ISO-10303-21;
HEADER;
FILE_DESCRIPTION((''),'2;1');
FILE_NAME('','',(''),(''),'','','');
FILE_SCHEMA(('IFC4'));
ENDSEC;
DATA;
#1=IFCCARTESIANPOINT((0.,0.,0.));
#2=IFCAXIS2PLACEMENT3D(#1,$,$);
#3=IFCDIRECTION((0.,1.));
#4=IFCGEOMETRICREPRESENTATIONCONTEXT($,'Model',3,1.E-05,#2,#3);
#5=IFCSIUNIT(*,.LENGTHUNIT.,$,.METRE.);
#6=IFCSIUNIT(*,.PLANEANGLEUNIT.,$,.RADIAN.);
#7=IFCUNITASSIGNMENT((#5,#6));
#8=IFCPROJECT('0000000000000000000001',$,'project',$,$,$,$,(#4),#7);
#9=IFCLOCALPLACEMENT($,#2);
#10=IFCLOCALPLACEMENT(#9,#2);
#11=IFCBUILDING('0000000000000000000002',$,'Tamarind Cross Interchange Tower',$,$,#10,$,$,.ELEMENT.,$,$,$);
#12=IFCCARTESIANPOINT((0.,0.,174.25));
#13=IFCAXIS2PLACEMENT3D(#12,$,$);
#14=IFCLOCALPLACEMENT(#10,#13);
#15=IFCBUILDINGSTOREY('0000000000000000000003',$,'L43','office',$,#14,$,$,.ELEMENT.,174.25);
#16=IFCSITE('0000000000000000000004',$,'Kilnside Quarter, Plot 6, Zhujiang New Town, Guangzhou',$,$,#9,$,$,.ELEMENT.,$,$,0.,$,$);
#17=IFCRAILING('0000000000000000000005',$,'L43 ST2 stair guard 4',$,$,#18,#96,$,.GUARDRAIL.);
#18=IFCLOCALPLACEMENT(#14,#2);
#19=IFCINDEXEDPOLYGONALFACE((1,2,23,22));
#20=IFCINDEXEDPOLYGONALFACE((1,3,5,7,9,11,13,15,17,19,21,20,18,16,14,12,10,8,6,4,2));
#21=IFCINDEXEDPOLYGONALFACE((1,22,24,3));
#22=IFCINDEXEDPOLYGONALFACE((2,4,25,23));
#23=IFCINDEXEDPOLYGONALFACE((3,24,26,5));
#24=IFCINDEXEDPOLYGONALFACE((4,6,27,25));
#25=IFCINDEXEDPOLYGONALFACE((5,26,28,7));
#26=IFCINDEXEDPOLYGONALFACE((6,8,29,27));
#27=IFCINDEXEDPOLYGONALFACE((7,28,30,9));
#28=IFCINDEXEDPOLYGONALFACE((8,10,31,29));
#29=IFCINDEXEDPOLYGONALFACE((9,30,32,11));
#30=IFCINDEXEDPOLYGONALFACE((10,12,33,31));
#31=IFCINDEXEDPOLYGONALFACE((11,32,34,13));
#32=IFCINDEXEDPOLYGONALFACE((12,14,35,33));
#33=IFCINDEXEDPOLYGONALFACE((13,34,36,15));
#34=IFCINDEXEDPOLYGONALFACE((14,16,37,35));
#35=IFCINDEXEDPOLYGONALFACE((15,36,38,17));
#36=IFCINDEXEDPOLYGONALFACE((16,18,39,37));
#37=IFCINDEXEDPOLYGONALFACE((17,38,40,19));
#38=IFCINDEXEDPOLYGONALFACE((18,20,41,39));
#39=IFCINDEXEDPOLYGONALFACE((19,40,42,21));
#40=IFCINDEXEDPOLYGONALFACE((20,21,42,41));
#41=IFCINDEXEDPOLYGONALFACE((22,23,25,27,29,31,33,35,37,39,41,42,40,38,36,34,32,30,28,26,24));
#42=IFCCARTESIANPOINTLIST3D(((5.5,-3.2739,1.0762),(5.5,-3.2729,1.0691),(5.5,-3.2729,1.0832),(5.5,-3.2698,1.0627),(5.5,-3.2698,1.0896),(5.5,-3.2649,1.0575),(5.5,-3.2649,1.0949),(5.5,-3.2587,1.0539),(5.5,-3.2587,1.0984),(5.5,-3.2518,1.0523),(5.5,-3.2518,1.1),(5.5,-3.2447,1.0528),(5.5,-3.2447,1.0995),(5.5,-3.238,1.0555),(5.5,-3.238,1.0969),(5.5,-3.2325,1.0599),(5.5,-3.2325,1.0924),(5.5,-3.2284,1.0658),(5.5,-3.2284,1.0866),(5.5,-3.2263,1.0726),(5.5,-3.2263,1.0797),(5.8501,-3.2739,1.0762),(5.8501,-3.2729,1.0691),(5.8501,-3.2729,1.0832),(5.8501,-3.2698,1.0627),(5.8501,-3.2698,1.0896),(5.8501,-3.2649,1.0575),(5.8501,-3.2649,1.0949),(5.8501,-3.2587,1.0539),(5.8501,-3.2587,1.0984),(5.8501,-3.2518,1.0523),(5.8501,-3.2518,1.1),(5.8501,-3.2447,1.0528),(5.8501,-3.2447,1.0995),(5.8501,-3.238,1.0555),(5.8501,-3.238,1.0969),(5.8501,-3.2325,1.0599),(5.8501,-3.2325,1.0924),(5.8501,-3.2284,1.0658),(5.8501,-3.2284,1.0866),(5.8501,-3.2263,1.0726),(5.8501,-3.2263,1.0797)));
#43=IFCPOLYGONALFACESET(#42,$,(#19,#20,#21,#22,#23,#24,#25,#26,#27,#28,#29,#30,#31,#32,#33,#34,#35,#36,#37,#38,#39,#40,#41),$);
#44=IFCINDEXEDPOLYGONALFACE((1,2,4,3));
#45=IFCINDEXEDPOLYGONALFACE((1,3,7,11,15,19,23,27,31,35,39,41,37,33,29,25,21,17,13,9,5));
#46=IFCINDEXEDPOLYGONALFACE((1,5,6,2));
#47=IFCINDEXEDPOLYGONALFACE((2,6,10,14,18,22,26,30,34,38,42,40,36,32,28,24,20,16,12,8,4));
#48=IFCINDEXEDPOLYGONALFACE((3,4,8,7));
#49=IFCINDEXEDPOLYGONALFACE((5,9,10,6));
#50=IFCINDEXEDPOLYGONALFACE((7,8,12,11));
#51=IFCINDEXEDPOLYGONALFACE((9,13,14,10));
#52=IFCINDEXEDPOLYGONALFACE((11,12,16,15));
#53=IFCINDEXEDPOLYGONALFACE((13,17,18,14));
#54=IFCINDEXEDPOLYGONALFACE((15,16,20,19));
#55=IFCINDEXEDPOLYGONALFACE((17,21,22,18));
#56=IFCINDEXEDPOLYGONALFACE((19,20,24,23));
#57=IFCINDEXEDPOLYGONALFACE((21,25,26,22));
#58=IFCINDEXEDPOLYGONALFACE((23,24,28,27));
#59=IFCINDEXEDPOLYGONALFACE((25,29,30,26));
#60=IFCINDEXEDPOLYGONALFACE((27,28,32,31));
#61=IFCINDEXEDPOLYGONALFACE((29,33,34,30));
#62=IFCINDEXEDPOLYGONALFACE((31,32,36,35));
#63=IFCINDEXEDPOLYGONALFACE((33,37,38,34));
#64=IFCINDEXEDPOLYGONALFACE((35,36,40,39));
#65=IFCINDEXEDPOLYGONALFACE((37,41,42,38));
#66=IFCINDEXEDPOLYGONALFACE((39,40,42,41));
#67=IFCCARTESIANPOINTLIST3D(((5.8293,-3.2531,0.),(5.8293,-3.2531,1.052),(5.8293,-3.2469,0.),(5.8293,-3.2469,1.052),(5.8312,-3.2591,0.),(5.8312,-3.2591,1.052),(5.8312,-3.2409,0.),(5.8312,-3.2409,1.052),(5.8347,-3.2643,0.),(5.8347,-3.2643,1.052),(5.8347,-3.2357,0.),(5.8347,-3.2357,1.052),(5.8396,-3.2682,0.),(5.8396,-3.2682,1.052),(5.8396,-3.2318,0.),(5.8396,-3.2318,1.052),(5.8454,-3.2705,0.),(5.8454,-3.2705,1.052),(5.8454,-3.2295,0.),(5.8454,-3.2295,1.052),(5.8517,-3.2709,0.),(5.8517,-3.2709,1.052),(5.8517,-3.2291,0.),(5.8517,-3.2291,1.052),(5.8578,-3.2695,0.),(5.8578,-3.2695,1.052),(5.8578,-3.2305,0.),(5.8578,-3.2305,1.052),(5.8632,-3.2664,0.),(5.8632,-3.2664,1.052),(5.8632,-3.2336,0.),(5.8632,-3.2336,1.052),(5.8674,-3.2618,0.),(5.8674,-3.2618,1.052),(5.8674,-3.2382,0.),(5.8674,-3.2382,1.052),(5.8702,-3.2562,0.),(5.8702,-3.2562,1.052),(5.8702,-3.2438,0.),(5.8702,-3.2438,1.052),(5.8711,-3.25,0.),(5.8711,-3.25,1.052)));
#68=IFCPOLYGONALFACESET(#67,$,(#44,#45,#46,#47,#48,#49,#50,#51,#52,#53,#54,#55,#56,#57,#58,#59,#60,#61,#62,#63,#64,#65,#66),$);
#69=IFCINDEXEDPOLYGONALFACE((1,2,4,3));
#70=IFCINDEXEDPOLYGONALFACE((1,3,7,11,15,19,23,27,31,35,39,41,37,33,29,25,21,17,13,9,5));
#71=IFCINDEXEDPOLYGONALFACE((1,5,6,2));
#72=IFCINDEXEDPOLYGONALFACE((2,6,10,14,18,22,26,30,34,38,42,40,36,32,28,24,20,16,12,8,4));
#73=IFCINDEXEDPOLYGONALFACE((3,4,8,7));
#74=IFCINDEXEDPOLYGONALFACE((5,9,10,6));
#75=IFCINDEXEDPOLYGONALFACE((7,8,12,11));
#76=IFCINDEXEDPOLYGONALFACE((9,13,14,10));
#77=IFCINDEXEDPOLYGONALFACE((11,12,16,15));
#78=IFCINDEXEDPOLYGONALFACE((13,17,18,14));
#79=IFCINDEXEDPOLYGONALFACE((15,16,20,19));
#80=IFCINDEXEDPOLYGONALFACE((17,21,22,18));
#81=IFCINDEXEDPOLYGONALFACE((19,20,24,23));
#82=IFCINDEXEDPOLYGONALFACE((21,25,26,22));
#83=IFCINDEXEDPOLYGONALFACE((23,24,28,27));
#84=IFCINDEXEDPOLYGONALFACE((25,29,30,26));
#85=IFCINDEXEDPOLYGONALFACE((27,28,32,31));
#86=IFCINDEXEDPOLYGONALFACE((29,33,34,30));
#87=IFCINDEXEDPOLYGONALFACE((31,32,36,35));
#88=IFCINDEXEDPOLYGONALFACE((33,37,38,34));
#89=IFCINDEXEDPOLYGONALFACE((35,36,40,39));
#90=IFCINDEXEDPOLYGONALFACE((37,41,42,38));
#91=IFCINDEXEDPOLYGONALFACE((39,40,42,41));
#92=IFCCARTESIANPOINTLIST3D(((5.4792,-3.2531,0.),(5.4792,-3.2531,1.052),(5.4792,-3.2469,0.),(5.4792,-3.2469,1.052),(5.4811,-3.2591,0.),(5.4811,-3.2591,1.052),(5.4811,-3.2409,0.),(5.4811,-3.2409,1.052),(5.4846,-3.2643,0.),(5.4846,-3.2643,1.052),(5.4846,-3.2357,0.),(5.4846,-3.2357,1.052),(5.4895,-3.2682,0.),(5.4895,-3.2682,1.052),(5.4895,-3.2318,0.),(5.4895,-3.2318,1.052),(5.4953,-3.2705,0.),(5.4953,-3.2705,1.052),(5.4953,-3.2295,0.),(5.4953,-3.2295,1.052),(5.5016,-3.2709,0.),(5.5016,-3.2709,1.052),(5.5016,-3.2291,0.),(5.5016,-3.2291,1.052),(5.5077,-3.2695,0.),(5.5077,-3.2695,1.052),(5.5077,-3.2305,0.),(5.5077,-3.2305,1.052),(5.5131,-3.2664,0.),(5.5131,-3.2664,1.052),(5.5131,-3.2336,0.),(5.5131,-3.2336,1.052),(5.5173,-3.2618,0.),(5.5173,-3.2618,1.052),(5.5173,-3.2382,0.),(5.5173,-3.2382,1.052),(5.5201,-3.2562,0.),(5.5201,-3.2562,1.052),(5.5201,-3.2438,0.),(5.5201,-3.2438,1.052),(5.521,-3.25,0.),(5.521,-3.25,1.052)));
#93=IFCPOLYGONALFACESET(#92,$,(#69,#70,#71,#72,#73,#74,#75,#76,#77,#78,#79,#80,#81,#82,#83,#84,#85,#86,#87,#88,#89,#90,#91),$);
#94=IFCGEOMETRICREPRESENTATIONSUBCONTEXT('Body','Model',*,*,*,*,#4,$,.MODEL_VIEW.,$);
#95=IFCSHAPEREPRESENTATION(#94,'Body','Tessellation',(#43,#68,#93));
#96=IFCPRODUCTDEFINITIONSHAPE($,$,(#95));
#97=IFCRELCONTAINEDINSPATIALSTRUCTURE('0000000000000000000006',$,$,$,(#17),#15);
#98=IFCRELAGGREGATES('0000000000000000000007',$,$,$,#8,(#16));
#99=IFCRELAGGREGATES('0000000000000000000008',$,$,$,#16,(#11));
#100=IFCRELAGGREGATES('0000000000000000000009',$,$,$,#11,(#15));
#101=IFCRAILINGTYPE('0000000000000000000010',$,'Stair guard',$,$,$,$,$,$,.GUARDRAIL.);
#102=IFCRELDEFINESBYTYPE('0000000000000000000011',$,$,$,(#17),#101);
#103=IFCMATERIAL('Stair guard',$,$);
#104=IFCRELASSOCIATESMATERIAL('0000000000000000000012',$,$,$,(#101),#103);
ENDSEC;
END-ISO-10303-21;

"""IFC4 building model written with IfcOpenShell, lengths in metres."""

from ifc_helpers import new_model, si_unit, direction, frame, origin, origin_2d, place, context, subcontext, project, spatial, circle, extrude, material, type_object, element, save


model = new_model("IFC4")

# Units and contexts
model_context = context("Model", 3, precision=1e-05, world=origin(), true_north=direction((0.0, 1.0)))
body_context = subcontext(model_context, "Body", "Model", "MODEL_VIEW")
ifc_project = project(units=[si_unit("LENGTHUNIT", "METRE"), si_unit("PLANEANGLEUNIT", "RADIAN")], contexts=[model_context])

# Site, building, storey
site_placement = place(None, origin())
site = spatial("IfcSite", under=ifc_project, at=site_placement, Name="Kilnside Quarter, Plot 6, Zhujiang New Town, Guangzhou", CompositionType="ELEMENT", RefElevation=0.0)
building_placement = place(site_placement, origin())
building = spatial("IfcBuilding", under=site, at=building_placement, Name="Tamarind Cross Interchange Tower", CompositionType="ELEMENT")
storey_placement = place(building_placement, frame((0.0, 0.0, 174.25)))
storey = spatial("IfcBuildingStorey", under=building, at=storey_placement, Name="L43", Description="office", CompositionType="ELEMENT", Elevation=174.25)

# Railing
ifc_material_1 = material(Name="Stair guard")
railing_type_1 = type_object("IfcRailingType", Name="Stair guard", PredefinedType="GUARDRAIL", material=ifc_material_1)
railing_1_placement = place(storey_placement, frame((5.8501, -3.25, 0.0)))
element("IfcRailing", 1, at=railing_1_placement, inside=storey, type_object=railing_type_1, Name="L43 ST2 stair guard 4", PredefinedType="GUARDRAIL", context=body_context, shape_type="SweptSolid", body=[
    extrude(circle(Radius=0.0239, at=origin_2d()), frame((0.0, 0.0, 1.0762), z_axis=(-1.0, 0.0, 0.0), x_axis=(0.0, -1.0, 0.0)), (0.0, 0.0, 1.0), 0.3501),
    extrude(circle(Radius=0.021, at=origin_2d()), origin(), (0.0, 0.0, 1.0), 1.052),
    extrude(circle(Radius=0.021, at=origin_2d()), frame((-0.3501, 0.0, 0.0)), (0.0, 0.0, 1.0), 1.052),
])

save(model, "model.ifc")
